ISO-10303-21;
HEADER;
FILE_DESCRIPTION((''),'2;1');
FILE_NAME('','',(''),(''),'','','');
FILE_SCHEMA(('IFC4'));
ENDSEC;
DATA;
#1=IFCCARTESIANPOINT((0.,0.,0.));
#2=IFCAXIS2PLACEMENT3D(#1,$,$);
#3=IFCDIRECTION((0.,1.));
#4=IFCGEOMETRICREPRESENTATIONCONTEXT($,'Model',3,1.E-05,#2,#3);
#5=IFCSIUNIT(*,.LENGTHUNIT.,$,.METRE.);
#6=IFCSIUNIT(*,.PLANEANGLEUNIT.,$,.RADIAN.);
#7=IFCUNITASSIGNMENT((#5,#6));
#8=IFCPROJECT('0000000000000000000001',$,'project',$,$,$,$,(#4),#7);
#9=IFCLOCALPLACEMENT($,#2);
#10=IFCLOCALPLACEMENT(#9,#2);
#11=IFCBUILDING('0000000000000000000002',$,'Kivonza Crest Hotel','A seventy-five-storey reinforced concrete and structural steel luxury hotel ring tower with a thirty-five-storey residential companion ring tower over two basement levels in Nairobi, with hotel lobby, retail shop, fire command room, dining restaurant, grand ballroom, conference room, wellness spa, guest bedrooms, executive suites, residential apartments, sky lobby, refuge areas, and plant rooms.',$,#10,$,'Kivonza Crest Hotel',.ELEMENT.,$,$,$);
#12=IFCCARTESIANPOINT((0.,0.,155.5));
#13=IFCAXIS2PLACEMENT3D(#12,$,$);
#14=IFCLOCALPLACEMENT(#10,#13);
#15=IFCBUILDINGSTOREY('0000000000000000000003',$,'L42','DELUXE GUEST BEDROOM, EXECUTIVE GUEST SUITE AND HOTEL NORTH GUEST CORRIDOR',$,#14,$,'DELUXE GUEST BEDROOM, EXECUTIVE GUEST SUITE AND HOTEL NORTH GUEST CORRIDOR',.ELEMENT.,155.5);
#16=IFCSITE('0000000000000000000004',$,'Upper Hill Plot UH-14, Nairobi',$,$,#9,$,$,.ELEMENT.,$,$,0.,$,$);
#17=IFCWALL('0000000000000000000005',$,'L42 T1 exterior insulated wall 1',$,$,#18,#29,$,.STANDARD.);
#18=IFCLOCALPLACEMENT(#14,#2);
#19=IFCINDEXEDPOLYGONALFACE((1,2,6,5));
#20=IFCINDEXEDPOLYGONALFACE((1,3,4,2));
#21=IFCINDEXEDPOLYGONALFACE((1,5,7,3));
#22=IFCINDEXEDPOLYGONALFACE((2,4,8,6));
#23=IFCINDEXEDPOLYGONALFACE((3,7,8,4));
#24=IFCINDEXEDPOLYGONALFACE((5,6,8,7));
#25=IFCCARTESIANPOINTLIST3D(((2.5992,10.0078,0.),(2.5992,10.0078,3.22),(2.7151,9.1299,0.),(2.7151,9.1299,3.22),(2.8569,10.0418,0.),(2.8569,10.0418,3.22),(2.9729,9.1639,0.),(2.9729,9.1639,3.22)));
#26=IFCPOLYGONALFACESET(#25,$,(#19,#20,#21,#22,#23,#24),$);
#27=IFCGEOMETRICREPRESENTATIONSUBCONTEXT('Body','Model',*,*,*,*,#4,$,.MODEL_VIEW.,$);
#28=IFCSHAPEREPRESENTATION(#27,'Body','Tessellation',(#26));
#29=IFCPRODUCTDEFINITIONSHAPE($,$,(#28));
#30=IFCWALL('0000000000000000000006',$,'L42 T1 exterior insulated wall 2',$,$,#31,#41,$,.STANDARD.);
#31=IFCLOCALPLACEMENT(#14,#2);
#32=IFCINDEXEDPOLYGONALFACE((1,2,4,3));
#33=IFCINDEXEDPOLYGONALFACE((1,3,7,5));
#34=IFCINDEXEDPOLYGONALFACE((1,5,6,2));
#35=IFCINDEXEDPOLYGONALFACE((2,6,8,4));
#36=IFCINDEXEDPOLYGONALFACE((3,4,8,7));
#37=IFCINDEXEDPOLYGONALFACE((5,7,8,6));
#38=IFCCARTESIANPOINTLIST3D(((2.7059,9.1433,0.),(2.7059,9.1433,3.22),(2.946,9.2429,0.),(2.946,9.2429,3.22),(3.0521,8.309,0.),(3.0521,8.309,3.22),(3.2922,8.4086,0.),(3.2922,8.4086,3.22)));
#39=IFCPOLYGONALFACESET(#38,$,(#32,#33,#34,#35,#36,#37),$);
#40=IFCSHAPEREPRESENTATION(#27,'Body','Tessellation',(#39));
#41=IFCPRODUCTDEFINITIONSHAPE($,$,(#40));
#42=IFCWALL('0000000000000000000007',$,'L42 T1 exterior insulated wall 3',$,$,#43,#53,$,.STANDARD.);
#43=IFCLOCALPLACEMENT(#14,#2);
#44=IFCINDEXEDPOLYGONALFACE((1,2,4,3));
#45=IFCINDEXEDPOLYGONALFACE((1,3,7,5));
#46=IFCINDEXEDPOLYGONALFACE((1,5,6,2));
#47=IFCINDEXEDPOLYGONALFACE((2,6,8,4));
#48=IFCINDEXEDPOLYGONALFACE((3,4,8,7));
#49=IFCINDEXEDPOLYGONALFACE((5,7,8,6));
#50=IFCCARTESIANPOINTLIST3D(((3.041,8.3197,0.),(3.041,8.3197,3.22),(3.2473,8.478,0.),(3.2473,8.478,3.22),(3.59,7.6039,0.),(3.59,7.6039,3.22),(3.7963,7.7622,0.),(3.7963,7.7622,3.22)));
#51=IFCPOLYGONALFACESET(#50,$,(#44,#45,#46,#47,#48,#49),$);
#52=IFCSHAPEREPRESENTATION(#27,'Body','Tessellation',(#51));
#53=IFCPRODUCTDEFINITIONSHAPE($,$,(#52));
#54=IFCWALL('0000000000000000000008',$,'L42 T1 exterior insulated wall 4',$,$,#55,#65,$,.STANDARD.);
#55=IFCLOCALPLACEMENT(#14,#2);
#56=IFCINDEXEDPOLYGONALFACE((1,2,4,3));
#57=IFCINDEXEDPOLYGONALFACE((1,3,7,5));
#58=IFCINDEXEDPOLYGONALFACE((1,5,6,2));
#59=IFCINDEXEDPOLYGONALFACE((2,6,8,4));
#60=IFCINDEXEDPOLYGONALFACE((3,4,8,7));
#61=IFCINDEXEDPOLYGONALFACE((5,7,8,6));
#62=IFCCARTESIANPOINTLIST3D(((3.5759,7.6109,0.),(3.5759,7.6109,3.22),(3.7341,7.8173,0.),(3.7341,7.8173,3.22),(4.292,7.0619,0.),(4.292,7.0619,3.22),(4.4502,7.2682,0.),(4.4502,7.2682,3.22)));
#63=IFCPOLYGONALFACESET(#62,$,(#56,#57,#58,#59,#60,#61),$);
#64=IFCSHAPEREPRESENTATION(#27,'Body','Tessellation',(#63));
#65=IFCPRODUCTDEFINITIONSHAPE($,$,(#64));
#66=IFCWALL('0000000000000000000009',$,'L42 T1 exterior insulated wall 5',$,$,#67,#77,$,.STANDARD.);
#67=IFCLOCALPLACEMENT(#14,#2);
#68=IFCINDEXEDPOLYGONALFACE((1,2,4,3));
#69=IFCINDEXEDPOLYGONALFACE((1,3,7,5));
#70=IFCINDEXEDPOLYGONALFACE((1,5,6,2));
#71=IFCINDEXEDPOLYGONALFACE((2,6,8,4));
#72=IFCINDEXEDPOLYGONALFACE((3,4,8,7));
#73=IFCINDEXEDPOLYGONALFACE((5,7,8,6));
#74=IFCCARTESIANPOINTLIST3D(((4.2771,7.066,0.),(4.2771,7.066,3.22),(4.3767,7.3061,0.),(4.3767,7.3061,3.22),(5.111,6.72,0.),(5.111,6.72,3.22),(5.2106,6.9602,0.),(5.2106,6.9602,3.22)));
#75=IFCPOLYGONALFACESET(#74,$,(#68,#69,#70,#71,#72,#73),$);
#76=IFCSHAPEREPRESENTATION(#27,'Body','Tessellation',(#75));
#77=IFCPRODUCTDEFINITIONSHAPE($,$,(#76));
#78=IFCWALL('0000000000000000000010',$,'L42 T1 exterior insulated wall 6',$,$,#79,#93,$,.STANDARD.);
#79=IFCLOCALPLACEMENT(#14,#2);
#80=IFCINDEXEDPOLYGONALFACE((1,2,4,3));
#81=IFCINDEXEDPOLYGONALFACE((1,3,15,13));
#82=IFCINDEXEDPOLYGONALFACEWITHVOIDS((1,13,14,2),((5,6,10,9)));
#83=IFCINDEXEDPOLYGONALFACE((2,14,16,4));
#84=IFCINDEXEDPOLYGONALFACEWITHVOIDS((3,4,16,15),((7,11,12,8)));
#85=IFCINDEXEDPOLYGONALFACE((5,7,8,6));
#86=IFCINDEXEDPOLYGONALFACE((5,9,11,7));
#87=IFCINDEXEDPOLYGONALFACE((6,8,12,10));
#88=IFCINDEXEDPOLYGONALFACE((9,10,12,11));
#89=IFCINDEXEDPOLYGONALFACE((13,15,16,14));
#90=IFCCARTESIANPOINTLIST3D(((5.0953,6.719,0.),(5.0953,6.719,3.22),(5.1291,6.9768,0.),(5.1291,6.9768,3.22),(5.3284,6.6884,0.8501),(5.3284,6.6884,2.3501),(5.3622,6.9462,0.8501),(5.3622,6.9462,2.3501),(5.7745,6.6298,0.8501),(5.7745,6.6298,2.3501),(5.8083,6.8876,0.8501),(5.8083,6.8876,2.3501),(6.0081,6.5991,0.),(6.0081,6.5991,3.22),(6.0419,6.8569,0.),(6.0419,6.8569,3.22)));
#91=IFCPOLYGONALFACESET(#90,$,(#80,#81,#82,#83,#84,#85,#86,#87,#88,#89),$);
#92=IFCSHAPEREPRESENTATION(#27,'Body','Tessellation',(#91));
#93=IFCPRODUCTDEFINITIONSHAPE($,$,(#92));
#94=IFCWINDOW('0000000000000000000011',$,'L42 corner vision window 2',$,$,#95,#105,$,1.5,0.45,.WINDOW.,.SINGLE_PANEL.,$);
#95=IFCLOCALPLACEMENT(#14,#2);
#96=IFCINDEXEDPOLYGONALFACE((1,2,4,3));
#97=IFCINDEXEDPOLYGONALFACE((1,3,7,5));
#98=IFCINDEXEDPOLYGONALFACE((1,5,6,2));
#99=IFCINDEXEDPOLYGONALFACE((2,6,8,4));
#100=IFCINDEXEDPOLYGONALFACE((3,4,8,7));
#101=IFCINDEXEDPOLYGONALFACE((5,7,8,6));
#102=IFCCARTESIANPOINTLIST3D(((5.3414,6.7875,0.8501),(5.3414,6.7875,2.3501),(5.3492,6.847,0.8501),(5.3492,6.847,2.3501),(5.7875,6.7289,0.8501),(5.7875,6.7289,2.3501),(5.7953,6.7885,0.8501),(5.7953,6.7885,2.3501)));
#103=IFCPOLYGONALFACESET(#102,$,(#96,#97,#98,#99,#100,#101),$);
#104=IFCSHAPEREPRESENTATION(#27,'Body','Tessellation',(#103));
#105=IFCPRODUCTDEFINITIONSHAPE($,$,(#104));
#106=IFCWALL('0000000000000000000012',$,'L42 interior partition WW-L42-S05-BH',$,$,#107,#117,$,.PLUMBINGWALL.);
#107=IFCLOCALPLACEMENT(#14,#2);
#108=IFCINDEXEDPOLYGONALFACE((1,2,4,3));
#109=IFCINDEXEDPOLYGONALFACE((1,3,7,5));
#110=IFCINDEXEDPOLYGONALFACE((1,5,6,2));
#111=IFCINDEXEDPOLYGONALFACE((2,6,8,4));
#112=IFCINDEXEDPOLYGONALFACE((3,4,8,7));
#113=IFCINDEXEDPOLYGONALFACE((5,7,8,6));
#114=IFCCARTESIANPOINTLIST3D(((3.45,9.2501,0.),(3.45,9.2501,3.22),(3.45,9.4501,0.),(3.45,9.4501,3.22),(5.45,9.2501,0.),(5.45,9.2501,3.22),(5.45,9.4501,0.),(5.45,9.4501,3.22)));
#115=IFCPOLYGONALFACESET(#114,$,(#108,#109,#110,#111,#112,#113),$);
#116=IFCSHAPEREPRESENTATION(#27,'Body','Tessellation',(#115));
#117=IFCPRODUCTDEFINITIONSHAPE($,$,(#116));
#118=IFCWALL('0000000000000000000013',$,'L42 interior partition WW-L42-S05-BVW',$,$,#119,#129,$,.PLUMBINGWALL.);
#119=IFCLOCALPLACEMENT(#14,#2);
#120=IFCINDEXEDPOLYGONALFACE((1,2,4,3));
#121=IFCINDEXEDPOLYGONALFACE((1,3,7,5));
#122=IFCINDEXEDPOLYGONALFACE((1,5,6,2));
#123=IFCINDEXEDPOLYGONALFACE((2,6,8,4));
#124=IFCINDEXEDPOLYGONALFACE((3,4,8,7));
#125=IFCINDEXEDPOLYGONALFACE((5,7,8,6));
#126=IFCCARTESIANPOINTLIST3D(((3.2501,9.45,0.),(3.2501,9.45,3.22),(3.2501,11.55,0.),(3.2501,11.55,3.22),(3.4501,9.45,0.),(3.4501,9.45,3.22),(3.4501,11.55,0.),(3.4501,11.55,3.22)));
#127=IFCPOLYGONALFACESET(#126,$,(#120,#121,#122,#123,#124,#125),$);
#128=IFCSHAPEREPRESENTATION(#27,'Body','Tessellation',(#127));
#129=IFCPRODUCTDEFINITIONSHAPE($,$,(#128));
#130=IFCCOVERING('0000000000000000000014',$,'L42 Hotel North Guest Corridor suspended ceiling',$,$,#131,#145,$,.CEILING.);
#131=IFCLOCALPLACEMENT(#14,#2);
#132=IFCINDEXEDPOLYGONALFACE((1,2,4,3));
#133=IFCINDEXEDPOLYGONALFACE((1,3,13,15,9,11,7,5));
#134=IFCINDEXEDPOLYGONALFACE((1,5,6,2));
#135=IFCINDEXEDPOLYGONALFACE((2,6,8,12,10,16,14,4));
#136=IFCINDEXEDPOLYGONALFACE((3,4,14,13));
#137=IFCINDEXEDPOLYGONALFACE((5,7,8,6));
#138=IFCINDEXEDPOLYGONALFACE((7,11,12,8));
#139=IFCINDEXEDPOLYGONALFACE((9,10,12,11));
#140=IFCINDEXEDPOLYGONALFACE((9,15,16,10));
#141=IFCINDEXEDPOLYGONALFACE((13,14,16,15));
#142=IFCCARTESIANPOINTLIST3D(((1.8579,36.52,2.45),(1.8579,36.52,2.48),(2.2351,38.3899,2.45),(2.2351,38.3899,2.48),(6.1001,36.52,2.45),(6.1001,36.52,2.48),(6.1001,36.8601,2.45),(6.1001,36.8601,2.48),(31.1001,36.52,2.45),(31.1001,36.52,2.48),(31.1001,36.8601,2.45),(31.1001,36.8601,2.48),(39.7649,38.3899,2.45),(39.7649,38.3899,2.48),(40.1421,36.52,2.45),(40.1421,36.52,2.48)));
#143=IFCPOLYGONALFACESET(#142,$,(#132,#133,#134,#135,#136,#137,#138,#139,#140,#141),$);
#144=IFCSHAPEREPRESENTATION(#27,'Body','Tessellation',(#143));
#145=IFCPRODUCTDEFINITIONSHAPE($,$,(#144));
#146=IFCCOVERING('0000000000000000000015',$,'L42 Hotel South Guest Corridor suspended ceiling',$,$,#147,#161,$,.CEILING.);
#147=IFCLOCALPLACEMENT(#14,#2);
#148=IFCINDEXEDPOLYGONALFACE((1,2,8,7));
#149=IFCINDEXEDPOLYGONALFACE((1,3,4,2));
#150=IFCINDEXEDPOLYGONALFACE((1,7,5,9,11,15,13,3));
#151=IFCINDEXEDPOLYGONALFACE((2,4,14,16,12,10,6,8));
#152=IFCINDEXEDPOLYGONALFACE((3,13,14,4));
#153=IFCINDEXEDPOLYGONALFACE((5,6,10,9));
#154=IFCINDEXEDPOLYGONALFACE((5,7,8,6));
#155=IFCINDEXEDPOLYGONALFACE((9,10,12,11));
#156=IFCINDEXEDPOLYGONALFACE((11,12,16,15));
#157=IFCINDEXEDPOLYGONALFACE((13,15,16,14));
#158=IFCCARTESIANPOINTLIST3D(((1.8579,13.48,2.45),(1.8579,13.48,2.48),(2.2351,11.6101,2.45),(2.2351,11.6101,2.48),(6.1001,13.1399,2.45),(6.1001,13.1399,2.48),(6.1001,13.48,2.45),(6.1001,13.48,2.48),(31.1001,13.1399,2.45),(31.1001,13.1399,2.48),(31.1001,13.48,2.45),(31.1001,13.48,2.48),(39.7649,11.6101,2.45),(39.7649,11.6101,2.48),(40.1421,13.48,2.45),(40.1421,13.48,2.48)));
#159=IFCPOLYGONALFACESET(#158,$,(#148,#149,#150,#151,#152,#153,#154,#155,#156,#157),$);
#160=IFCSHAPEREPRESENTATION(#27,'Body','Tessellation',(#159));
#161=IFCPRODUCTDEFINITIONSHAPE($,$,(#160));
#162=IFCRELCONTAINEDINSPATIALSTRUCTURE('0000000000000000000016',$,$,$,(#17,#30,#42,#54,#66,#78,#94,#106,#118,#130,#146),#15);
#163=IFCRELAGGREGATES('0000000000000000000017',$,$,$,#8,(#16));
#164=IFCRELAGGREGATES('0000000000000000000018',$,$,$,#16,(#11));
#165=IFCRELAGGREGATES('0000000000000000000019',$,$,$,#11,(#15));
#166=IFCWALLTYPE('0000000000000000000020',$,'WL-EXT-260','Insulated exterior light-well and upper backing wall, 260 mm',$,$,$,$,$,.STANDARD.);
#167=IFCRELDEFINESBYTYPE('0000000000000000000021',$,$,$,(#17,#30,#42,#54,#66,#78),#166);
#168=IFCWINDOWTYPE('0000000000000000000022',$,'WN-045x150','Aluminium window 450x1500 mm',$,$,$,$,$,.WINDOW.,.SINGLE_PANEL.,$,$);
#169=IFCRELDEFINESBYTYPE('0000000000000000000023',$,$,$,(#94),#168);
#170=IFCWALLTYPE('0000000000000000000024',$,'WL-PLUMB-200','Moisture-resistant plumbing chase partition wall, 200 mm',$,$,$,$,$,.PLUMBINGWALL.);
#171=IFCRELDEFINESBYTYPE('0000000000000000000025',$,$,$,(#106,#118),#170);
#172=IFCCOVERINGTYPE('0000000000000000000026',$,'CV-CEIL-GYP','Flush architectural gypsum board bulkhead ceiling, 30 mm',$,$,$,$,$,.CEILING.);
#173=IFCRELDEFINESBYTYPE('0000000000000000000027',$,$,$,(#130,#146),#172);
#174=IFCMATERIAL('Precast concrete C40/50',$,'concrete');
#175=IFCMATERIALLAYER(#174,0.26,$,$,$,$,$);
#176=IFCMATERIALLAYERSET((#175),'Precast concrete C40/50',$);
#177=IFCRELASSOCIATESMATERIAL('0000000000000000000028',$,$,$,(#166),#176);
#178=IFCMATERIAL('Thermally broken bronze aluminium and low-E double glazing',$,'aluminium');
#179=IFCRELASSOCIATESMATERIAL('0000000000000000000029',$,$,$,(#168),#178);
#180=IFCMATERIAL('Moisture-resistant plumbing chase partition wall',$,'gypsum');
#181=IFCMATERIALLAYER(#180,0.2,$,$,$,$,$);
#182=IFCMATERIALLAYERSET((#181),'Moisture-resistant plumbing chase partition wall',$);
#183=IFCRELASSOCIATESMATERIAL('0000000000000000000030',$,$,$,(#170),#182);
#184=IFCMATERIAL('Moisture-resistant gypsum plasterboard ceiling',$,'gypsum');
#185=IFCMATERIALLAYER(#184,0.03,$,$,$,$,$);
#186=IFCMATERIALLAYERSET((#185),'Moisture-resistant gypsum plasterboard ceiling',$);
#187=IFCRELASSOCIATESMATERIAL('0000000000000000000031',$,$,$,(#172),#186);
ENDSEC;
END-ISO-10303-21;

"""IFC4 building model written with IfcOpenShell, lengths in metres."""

from ifc_helpers import new_model, si_unit, direction, frame, frame_2d, origin, place, context, subcontext, project, spatial, polyline, rectangle, outline, extrude, material, layer, layer_set, type_object, element, fill, save


model = new_model("IFC4")

# Units and contexts
model_context = context("Model", 3, precision=1e-05, world=origin(), true_north=direction((0.0, 1.0)))
body_context = subcontext(model_context, "Body", "Model", "MODEL_VIEW")
ifc_project = project(units=[si_unit("LENGTHUNIT", "METRE"), si_unit("PLANEANGLEUNIT", "RADIAN")], contexts=[model_context])

# Site, building, storey
site_placement = place(None, origin())
site = spatial("IfcSite", under=ifc_project, at=site_placement, Name="Upper Hill Plot UH-14, Nairobi", CompositionType="ELEMENT", RefElevation=0.0)
building_placement = place(site_placement, origin())
building = spatial("IfcBuilding", under=site, at=building_placement, Name="Kivonza Crest Hotel", Description="A seventy-five-storey reinforced concrete and structural steel luxury hotel ring tower with a thirty-five-storey residential companion ring tower over two basement levels in Nairobi, with hotel lobby, retail shop, fire command room, dining restaurant, grand ballroom, conference room, wellness spa, guest bedrooms, executive suites, residential apartments, sky lobby, refuge areas, and plant rooms.", LongName="Kivonza Crest Hotel", CompositionType="ELEMENT")
storey_placement = place(building_placement, frame((0.0, 0.0, 155.5)))
storey = spatial("IfcBuildingStorey", under=building, at=storey_placement, Name="L42", Description="DELUXE GUEST BEDROOM, EXECUTIVE GUEST SUITE AND HOTEL NORTH GUEST CORRIDOR", LongName="DELUXE GUEST BEDROOM, EXECUTIVE GUEST SUITE AND HOTEL NORTH GUEST CORRIDOR", CompositionType="ELEMENT", Elevation=155.5)

# Walls
ifc_material_1 = material(Name="Precast concrete C40/50", Category="concrete")
ifc_layer_1 = layer(ifc_material_1, 0.26)
ifc_layer_set_1 = layer_set([ifc_layer_1], Name="Precast concrete C40/50")
wall_type_1 = type_object("IfcWallType", Name="WL-EXT-260", Description="Insulated exterior light-well and upper backing wall, 260 mm", PredefinedType="STANDARD", material=ifc_layer_set_1)
wall_1_placement = place(storey_placement, frame((2.728, 10.0249, 0.0), z_axis=(0.0, 0.0, 1.0), x_axis=(0.130954, -0.991388, 0.0)))
element("IfcWall", 1, at=wall_1_placement, inside=storey, type_object=wall_type_1, Name="L42 T1 exterior insulated wall 1", PredefinedType="STANDARD", context=body_context, shape_type="SweptSolid", body=[
    extrude(rectangle(XDim=0.8855, YDim=0.26, at=frame_2d((0.4429, 0.0))), origin(), (0.0, 0.0, 1.0), 3.22),
])
wall_2_placement = place(storey_placement, frame((2.8259, 9.1931, 0.0), z_axis=(0.0, 0.0, 1.0), x_axis=(0.383291, -0.923628, 0.0)))
element("IfcWall", 2, at=wall_2_placement, inside=storey, type_object=wall_type_1, Name="L42 T1 exterior insulated wall 2", PredefinedType="STANDARD", context=body_context, shape_type="SweptSolid", body=[
    extrude(rectangle(XDim=0.9033, YDim=0.26, at=frame_2d((0.4517, 0.0))), origin(), (0.0, 0.0, 1.0), 3.22),
])
wall_3_placement = place(storey_placement, frame((3.144, 8.3989, 0.0), z_axis=(0.0, 0.0, 1.0), x_axis=(0.608625, -0.793458, 0.0)))
element("IfcWall", 3, at=wall_3_placement, inside=storey, type_object=wall_type_1, Name="L42 T1 exterior insulated wall 3", PredefinedType="STANDARD", context=body_context, shape_type="SweptSolid", body=[
    extrude(rectangle(XDim=0.9021, YDim=0.26, at=frame_2d((0.4512, 0.0))), origin(), (0.0, 0.0, 1.0), 3.22),
])
wall_4_placement = place(storey_placement, frame((3.655, 7.7141, 0.0), z_axis=(0.0, 0.0, 1.0), x_axis=(0.793558, -0.608494, 0.0)))
element("IfcWall", 4, at=wall_4_placement, inside=storey, type_object=wall_type_1, Name="L42 T1 exterior insulated wall 4", PredefinedType="STANDARD", context=body_context, shape_type="SweptSolid", body=[
    extrude(rectangle(XDim=0.9023, YDim=0.26, at=frame_2d((0.4512, 0.0))), origin(), (0.0, 0.0, 1.0), 3.22),
])
wall_5_placement = place(storey_placement, frame((4.3269, 7.186, 0.0), z_axis=(0.0, 0.0, 1.0), x_axis=(0.923684, -0.383156, 0.0)))
element("IfcWall", 5, at=wall_5_placement, inside=storey, type_object=wall_type_1, Name="L42 T1 exterior insulated wall 5", PredefinedType="STANDARD", context=body_context, shape_type="SweptSolid", body=[
    extrude(rectangle(XDim=0.9028, YDim=0.26, at=frame_2d((0.4514, 0.0))), origin(), (0.0, 0.0, 1.0), 3.22),
])

# Wall, opening, window
wall_6_placement = place(storey_placement, frame((5.1121, 6.8479, 0.0), z_axis=(0.0, 0.0, 1.0), x_axis=(0.991488, -0.130201, 0.0)))
wall_6 = element("IfcWall", 6, at=wall_6_placement, inside=storey, type_object=wall_type_1, Name="L42 T1 exterior insulated wall 6", PredefinedType="STANDARD", context=body_context, shape_type="SweptSolid", body=[
    extrude(rectangle(XDim=0.9207, YDim=0.26, at=frame_2d((0.4604, 0.0))), origin(), (0.0, 0.0, 1.0), 3.22),
])
opening_placement = place(wall_6_placement, frame((0.2351, 0.0, 0.8501)))
opening = element("IfcOpeningElement", 7, at=opening_placement, cuts=wall_6, PredefinedType="OPENING", context=body_context, shape_type="SweptSolid", body=[
    extrude(rectangle(XDim=0.45, YDim=1.5, at=frame_2d((0.2251, 0.75))), frame((0.0, 0.1401, 0.0), z_axis=(0.0, -1.0, 0.0), x_axis=(1.0, 0.0, 0.0)), (0.0, 0.0, 1.0), 0.28),
])
ifc_material_2 = material(Name="Thermally broken bronze aluminium and low-E double glazing", Category="aluminium")
window_type = type_object("IfcWindowType", Name="WN-045x150", Description="Aluminium window 450x1500 mm", PartitioningType="SINGLE_PANEL", PredefinedType="WINDOW", material=ifc_material_2)
window_placement = place(opening_placement, origin())
window = element("IfcWindow", 8, at=window_placement, inside=storey, type_object=window_type, Name="L42 corner vision window 2", OverallHeight=1.5, OverallWidth=0.45, PartitioningType="SINGLE_PANEL", PredefinedType="WINDOW", context=body_context, shape_type="SweptSolid", body=[
    extrude(rectangle(XDim=0.45, YDim=1.5, at=frame_2d((0.2251, 0.75))), frame((0.0, 0.03, 0.0), z_axis=(0.0, -1.0, 0.0), x_axis=(1.0, 0.0, 0.0)), (0.0, 0.0, 1.0), 0.0601),
])
fill(opening, window)

# Walls
ifc_material_3 = material(Name="Moisture-resistant plumbing chase partition wall", Category="gypsum")
ifc_layer_2 = layer(ifc_material_3, 0.2)
ifc_layer_set_2 = layer_set([ifc_layer_2], Name="Moisture-resistant plumbing chase partition wall")
wall_type_2 = type_object("IfcWallType", Name="WL-PLUMB-200", Description="Moisture-resistant plumbing chase partition wall, 200 mm", PredefinedType="PLUMBINGWALL", material=ifc_layer_set_2)
wall_7_placement = place(storey_placement, frame((3.45, 9.3501, 0.0), z_axis=(0.0, 0.0, 1.0), x_axis=(1.0, 0.0, 0.0)))
element("IfcWall", 9, at=wall_7_placement, inside=storey, type_object=wall_type_2, Name="L42 interior partition WW-L42-S05-BH", PredefinedType="PLUMBINGWALL", context=body_context, shape_type="SweptSolid", body=[
    extrude(rectangle(XDim=2.0, YDim=0.2, at=frame_2d((1.0, 0.0))), origin(), (0.0, 0.0, 1.0), 3.22),
])
wall_8_placement = place(storey_placement, frame((3.3501, 9.45, 0.0), z_axis=(0.0, 0.0, 1.0), x_axis=(0.0, 1.0, 0.0)))
element("IfcWall", 10, at=wall_8_placement, inside=storey, type_object=wall_type_2, Name="L42 interior partition WW-L42-S05-BVW", PredefinedType="PLUMBINGWALL", context=body_context, shape_type="SweptSolid", body=[
    extrude(rectangle(XDim=2.1001, YDim=0.2, at=frame_2d((1.05, 0.0))), origin(), (0.0, 0.0, 1.0), 3.22),
])

# Coverings
ifc_material_4 = material(Name="Moisture-resistant gypsum plasterboard ceiling", Category="gypsum")
ifc_layer_3 = layer(ifc_material_4, 0.03)
ifc_layer_set_3 = layer_set([ifc_layer_3], Name="Moisture-resistant gypsum plasterboard ceiling")
covering_type = type_object("IfcCoveringType", Name="CV-CEIL-GYP", Description="Flush architectural gypsum board bulkhead ceiling, 30 mm", PredefinedType="CEILING", material=ifc_layer_set_3)
covering_1_placement = place(storey_placement, frame((0.0, 0.0, 2.45)))
element("IfcCovering", 11, at=covering_1_placement, inside=storey, type_object=covering_type, Name="L42 Hotel North Guest Corridor suspended ceiling", PredefinedType="CEILING", context=body_context, shape_type="SweptSolid", body=[
    extrude(outline(polyline([(2.2351, 38.3899), (1.8579, 36.52), (6.1001, 36.52), (6.1001, 36.8601), (31.1001, 36.8601), (31.1001, 36.52), (40.1421, 36.52), (39.7649, 38.3899), (2.2351, 38.3899)])), origin(), (0.0, 0.0, 1.0), 0.03),
])
covering_2_placement = place(storey_placement, frame((0.0, 0.0, 2.45)))
element("IfcCovering", 12, at=covering_2_placement, inside=storey, type_object=covering_type, Name="L42 Hotel South Guest Corridor suspended ceiling", PredefinedType="CEILING", context=body_context, shape_type="SweptSolid", body=[
    extrude(outline(polyline([(1.8579, 13.48), (2.2351, 11.6101), (39.7649, 11.6101), (40.1421, 13.48), (31.1001, 13.48), (31.1001, 13.1399), (6.1001, 13.1399), (6.1001, 13.48), (1.8579, 13.48)])), origin(), (0.0, 0.0, 1.0), 0.03),
])

save(model, "model.ifc")
